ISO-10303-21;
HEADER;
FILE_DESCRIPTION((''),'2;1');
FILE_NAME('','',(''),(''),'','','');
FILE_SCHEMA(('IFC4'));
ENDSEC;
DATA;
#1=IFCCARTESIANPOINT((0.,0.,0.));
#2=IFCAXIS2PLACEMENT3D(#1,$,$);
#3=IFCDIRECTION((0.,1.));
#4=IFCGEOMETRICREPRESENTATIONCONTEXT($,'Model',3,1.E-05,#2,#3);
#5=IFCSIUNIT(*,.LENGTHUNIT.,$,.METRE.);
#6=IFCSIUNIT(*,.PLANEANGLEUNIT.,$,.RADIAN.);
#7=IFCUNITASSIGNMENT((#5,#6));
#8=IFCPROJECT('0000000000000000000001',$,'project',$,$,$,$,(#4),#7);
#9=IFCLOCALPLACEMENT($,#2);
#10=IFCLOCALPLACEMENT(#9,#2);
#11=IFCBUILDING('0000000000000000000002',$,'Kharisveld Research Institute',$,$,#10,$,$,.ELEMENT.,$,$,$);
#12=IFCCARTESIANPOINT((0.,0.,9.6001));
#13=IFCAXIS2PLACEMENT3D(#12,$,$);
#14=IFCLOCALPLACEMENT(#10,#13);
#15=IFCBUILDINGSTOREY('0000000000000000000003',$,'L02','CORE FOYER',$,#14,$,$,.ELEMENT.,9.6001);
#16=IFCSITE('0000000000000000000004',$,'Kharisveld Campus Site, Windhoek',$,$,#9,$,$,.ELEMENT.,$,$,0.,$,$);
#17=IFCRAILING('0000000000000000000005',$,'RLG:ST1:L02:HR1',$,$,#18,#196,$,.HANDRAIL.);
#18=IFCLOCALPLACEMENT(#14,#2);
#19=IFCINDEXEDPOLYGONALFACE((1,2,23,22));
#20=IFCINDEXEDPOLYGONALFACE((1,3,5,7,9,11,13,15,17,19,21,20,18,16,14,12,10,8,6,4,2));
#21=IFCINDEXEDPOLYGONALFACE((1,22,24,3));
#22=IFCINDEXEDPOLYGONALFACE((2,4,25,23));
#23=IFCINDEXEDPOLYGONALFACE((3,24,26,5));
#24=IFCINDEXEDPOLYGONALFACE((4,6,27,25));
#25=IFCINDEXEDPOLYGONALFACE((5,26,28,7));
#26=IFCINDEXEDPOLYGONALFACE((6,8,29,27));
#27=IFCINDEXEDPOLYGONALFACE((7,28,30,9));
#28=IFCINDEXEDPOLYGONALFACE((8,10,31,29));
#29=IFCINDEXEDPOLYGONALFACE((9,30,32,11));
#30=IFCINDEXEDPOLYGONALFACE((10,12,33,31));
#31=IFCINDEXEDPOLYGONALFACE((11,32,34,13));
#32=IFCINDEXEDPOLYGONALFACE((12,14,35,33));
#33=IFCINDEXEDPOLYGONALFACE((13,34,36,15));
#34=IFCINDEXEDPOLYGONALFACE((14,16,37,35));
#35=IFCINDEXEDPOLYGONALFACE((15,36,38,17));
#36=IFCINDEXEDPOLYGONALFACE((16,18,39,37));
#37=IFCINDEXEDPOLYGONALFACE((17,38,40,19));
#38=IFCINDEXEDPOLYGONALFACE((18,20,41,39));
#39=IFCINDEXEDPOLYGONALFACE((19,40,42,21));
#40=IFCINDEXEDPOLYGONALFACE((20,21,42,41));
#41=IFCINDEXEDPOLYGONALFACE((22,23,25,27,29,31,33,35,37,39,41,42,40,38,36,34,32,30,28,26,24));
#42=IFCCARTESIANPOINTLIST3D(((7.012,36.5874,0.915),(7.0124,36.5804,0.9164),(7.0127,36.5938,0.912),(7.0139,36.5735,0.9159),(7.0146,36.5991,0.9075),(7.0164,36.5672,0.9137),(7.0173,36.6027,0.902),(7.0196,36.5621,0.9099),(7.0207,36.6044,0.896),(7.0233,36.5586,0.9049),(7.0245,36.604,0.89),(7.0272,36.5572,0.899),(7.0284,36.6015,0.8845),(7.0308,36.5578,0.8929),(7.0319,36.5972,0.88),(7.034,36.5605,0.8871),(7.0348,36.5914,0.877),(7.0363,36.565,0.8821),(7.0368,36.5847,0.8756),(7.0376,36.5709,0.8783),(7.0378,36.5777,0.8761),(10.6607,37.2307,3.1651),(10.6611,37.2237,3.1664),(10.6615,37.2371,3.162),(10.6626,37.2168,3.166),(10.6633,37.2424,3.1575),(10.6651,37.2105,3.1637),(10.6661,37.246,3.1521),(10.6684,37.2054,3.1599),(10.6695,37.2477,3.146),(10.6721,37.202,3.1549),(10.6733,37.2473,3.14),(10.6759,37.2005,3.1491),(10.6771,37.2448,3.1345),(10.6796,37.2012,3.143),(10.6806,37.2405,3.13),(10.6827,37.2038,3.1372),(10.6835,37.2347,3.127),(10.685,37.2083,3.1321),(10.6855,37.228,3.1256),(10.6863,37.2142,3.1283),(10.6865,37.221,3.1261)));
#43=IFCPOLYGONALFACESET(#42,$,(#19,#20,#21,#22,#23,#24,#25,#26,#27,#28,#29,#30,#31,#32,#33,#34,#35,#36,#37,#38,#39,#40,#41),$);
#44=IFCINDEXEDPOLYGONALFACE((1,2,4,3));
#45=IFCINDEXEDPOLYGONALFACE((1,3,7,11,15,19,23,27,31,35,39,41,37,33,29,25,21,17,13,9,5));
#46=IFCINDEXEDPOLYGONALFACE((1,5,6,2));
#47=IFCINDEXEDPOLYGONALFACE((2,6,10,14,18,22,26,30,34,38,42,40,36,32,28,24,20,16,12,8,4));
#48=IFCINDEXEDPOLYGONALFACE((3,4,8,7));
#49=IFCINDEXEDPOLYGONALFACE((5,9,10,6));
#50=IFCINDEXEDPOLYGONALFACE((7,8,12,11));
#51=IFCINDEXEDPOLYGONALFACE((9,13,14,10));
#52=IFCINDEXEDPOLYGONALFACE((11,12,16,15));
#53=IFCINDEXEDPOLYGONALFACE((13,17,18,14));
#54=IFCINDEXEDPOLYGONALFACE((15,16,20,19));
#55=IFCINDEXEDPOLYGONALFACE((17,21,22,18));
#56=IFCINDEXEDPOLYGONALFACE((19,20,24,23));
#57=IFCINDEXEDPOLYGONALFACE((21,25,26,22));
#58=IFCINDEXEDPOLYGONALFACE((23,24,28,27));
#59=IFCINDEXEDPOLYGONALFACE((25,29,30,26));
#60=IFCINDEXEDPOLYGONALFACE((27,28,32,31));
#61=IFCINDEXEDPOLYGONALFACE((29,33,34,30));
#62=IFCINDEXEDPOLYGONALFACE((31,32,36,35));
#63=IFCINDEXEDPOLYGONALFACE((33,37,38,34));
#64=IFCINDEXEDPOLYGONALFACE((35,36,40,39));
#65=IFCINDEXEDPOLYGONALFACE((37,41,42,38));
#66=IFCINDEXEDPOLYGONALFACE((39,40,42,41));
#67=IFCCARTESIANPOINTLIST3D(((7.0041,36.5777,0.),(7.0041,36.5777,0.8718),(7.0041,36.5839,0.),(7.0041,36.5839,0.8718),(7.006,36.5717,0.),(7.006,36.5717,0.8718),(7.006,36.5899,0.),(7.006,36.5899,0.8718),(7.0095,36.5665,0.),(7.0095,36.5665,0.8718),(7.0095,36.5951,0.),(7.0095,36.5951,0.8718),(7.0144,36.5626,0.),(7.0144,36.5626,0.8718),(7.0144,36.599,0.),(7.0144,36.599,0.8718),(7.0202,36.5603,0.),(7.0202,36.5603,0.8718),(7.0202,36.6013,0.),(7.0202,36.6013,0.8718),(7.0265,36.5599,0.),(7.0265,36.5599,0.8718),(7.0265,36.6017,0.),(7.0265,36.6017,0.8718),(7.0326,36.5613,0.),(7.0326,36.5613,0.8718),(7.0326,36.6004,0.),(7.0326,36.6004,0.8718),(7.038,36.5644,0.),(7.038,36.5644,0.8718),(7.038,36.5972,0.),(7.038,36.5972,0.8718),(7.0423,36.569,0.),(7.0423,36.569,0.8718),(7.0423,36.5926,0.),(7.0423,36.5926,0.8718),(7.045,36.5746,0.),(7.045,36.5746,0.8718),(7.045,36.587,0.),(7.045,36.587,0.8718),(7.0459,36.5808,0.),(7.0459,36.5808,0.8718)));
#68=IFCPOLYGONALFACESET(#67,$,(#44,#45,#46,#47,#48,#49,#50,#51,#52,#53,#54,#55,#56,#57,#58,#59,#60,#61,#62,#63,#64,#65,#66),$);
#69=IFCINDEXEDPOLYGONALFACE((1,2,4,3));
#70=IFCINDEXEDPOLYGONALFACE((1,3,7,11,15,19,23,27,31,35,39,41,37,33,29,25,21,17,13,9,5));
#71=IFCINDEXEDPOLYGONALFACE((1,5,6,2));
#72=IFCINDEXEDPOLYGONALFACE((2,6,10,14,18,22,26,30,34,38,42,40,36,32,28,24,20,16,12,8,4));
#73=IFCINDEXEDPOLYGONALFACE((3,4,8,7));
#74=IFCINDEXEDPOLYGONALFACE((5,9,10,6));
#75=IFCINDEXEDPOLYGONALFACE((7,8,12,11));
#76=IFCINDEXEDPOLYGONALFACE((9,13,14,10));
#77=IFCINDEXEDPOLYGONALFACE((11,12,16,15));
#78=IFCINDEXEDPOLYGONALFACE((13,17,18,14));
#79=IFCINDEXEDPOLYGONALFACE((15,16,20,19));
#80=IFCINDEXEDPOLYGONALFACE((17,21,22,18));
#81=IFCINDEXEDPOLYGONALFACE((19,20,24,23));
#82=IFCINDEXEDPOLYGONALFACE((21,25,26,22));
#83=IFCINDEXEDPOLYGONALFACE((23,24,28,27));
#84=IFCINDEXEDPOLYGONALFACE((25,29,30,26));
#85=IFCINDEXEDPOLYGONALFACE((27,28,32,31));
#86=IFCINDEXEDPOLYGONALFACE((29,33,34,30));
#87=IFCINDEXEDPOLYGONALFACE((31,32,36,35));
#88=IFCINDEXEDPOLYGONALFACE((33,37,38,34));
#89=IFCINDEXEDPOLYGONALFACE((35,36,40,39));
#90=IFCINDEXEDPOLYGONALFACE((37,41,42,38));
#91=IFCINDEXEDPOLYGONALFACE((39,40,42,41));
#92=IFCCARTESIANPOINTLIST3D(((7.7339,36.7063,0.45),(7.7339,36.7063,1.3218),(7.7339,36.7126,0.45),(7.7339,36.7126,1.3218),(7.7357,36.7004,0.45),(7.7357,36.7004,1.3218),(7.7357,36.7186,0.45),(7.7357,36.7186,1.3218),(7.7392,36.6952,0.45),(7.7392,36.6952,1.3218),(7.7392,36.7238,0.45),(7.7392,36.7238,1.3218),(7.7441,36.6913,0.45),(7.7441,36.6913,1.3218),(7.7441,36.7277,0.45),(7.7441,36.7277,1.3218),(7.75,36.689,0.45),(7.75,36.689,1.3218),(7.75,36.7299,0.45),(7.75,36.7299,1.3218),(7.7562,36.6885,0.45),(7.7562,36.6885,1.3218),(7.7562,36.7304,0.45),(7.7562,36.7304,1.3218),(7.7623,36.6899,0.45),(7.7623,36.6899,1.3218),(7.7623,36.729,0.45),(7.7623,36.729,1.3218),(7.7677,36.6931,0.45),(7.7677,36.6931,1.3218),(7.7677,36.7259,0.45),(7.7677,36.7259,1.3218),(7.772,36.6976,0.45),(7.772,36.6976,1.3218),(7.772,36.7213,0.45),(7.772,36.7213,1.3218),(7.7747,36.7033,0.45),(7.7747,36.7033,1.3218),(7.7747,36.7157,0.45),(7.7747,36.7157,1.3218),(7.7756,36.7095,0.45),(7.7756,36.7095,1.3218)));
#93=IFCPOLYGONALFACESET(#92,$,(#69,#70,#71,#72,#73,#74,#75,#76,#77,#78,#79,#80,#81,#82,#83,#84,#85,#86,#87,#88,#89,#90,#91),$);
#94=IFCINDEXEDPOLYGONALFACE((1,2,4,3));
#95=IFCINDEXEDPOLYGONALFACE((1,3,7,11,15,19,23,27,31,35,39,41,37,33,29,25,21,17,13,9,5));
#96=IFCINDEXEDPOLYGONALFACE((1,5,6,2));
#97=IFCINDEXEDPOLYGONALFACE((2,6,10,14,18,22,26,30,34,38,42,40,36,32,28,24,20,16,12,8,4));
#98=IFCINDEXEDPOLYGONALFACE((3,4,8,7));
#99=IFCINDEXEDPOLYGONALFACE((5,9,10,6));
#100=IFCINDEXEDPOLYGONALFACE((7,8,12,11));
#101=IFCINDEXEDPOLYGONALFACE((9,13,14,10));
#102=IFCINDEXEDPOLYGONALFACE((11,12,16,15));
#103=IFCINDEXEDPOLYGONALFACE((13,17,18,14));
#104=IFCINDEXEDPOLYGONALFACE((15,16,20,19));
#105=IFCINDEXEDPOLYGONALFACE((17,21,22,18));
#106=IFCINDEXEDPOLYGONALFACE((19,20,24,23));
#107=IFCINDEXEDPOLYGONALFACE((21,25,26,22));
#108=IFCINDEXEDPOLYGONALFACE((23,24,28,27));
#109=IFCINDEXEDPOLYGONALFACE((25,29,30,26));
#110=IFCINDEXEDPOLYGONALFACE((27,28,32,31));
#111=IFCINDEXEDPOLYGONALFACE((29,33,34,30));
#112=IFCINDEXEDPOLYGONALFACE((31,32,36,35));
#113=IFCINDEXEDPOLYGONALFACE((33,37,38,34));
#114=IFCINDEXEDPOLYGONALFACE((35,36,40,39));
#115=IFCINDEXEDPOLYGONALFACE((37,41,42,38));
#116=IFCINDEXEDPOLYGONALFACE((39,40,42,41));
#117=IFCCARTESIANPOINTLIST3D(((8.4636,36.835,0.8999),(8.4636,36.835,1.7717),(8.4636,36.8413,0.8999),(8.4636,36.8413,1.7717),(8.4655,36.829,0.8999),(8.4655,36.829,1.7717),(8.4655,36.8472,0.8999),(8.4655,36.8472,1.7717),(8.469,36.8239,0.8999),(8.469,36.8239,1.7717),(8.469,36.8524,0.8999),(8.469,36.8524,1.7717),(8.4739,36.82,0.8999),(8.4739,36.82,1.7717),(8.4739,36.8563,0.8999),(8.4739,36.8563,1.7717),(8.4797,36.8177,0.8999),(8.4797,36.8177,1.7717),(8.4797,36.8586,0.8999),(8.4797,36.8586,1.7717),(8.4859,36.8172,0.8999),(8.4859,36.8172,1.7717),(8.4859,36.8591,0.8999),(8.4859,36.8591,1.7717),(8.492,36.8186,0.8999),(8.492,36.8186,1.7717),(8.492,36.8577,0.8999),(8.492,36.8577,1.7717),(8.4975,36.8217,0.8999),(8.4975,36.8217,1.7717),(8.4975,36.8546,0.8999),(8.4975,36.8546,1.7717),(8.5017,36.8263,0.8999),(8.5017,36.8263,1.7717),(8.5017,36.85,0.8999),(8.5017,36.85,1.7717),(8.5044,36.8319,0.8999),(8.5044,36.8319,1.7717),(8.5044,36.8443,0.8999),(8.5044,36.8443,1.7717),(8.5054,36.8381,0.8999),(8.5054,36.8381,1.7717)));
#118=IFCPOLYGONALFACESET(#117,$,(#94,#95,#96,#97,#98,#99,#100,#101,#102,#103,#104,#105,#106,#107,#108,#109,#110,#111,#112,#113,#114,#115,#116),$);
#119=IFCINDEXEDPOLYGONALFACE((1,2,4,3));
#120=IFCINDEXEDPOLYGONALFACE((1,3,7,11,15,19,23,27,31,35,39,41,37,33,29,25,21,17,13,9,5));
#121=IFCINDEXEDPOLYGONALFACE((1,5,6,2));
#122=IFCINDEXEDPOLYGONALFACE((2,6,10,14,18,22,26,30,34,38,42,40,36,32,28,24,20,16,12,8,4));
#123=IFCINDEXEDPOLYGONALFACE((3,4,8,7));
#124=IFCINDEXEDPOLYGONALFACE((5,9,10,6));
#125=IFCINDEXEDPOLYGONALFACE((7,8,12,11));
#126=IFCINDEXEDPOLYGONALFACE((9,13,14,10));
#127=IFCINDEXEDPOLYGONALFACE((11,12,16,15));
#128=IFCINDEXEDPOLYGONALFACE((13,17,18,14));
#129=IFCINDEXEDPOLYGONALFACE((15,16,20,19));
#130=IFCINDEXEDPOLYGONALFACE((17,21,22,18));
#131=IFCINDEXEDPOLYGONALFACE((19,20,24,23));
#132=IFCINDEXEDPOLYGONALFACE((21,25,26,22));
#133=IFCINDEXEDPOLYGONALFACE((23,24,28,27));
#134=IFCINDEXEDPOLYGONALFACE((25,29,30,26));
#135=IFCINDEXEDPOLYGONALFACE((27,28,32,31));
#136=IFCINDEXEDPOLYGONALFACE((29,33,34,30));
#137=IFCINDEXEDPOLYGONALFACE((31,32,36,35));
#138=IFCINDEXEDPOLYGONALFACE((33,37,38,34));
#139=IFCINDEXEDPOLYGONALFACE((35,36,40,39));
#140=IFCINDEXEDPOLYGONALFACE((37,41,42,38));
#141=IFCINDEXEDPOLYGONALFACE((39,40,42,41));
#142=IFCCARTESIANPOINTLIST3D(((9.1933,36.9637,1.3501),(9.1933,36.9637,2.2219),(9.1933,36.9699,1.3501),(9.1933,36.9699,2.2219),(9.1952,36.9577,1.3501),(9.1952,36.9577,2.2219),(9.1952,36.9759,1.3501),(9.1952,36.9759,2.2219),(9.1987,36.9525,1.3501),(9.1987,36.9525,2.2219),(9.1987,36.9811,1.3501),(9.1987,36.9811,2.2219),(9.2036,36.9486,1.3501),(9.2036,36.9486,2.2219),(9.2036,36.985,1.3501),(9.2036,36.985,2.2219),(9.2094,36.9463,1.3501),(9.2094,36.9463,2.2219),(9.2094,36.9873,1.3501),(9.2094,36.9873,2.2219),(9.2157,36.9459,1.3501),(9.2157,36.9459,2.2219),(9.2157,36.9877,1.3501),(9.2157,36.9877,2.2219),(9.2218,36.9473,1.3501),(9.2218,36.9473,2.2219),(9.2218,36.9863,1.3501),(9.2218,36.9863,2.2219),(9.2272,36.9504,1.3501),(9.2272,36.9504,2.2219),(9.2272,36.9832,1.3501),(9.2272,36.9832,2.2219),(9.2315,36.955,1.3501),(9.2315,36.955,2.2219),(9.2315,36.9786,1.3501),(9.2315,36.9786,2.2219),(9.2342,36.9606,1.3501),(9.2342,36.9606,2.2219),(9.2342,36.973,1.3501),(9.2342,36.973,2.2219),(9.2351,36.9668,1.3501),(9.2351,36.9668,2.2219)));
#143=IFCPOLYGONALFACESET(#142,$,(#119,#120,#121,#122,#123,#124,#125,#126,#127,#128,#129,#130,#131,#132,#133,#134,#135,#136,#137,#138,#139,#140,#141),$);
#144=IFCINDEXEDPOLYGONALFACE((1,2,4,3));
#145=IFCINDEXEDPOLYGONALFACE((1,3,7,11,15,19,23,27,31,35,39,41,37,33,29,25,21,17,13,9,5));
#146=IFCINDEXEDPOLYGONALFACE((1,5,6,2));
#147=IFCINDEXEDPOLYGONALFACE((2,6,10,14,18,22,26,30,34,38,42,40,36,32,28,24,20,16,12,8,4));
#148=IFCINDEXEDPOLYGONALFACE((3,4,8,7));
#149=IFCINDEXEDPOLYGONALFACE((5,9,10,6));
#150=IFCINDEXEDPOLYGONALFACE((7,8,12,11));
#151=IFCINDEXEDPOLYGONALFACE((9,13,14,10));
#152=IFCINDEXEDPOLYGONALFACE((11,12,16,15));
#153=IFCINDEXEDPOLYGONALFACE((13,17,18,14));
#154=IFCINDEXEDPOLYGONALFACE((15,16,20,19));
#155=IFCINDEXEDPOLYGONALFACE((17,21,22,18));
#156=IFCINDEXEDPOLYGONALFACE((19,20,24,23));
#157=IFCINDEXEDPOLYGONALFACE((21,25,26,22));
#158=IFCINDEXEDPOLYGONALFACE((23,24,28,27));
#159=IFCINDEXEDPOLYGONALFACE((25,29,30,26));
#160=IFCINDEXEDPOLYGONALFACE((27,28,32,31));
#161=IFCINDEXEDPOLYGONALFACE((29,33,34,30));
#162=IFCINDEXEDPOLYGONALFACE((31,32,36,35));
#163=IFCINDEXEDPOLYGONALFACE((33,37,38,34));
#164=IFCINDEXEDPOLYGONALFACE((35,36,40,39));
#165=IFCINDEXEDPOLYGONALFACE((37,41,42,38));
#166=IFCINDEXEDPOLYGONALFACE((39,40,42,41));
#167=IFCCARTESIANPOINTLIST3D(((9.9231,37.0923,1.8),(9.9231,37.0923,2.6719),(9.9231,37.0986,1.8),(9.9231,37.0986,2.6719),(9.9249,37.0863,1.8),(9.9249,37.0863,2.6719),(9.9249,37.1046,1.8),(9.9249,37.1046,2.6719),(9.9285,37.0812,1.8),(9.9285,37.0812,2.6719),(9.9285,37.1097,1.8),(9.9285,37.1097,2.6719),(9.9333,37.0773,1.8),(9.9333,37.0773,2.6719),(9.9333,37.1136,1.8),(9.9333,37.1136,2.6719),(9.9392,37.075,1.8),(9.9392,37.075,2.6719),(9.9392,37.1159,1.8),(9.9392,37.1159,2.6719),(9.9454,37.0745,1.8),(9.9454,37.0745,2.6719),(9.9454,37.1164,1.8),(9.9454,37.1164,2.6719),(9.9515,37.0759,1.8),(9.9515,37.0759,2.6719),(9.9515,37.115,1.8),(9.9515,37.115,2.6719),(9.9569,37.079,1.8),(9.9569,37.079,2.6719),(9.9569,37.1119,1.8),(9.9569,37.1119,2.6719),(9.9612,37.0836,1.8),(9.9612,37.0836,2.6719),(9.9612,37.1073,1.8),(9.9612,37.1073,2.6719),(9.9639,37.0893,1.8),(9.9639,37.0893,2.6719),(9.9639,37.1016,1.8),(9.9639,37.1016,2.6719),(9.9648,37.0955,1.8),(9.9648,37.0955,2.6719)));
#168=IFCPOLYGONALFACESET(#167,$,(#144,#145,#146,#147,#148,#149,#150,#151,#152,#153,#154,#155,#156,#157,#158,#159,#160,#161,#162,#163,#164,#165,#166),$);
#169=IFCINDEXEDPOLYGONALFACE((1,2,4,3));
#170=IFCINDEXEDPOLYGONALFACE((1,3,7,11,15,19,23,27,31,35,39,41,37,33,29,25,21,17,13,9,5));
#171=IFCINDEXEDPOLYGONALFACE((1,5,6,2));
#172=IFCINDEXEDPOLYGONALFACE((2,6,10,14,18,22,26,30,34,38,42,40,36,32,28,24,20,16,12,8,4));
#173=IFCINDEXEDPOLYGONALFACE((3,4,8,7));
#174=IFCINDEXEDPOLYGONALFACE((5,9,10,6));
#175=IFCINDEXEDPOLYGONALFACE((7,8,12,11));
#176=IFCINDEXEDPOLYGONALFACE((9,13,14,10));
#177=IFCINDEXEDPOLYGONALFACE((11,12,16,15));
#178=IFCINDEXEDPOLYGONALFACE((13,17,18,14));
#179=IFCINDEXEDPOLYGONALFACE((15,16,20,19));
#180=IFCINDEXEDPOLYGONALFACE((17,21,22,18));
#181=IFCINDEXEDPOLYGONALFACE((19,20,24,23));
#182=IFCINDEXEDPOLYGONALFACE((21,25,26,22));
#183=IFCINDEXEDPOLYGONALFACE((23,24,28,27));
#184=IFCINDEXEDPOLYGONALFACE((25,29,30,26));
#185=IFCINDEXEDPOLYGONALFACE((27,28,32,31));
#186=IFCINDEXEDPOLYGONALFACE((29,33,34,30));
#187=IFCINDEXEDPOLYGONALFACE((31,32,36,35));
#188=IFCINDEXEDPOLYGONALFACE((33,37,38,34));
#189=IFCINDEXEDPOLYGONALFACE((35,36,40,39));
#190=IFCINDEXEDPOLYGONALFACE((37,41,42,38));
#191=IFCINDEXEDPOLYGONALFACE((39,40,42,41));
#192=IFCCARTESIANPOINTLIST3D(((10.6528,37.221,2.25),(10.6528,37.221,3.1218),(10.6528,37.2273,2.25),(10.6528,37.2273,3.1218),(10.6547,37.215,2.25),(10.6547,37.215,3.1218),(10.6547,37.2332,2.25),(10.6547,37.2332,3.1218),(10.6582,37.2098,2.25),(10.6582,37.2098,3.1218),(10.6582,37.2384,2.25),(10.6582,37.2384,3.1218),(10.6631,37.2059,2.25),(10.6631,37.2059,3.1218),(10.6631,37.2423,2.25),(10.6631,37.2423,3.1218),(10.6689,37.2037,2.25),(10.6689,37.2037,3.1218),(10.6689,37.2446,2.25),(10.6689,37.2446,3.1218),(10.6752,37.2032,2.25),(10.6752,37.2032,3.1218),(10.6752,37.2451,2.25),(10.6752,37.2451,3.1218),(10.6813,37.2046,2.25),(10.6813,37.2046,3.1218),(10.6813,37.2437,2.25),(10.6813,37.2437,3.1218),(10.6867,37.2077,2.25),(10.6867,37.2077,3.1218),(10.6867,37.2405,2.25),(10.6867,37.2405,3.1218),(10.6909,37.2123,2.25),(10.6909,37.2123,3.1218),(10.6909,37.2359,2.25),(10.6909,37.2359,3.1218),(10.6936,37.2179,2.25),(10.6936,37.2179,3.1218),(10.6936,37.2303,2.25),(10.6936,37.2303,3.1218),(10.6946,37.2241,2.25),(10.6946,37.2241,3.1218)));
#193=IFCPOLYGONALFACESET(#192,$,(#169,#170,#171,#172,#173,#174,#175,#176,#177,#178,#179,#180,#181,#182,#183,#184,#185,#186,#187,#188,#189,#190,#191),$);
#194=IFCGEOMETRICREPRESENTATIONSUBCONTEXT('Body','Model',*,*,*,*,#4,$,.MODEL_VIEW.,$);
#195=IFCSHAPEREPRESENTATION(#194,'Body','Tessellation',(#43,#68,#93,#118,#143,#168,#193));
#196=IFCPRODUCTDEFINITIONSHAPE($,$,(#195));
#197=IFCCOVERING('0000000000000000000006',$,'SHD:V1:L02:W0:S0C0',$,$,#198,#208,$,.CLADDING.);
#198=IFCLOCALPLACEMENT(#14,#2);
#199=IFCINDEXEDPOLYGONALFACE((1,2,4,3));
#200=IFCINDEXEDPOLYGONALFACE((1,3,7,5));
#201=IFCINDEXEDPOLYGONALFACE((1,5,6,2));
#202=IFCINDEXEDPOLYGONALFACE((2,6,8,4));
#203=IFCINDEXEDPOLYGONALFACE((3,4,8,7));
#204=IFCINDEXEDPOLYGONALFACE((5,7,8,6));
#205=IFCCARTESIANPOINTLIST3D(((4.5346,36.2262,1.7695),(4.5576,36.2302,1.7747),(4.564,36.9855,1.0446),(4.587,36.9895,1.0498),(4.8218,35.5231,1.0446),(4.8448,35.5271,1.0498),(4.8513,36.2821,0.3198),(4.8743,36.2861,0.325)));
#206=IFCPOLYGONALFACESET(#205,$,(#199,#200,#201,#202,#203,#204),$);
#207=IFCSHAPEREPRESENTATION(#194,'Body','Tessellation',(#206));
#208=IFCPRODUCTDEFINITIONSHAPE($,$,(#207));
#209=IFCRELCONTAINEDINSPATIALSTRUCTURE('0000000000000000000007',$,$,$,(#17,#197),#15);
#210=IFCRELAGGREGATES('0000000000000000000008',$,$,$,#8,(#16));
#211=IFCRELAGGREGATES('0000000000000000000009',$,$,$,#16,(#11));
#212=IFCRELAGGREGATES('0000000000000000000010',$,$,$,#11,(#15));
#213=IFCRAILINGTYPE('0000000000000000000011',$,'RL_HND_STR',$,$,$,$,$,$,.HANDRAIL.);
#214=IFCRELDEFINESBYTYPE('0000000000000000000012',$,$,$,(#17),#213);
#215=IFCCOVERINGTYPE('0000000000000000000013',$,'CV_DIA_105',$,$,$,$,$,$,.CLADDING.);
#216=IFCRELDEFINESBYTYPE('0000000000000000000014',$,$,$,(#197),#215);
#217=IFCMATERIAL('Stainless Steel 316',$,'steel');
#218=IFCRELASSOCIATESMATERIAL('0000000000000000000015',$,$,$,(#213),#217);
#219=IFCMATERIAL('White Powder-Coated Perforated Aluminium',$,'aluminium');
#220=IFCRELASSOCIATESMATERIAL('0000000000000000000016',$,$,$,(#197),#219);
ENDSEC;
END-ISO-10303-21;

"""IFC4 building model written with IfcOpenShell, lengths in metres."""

from ifc_helpers import new_model, si_unit, direction, frame, origin, origin_2d, place, context, subcontext, project, spatial, polyline, circle, outline, extrude, material, type_object, element, save


model = new_model("IFC4")

# Units and contexts
model_context = context("Model", 3, precision=1e-05, world=origin(), true_north=direction((0.0, 1.0)))
body_context = subcontext(model_context, "Body", "Model", "MODEL_VIEW")
ifc_project = project(units=[si_unit("LENGTHUNIT", "METRE"), si_unit("PLANEANGLEUNIT", "RADIAN")], contexts=[model_context])

# Site, building, storey
site_placement = place(None, origin())
site = spatial("IfcSite", under=ifc_project, at=site_placement, Name="Kharisveld Campus Site, Windhoek", CompositionType="ELEMENT", RefElevation=0.0)
building_placement = place(site_placement, origin())
building = spatial("IfcBuilding", under=site, at=building_placement, Name="Kharisveld Research Institute", CompositionType="ELEMENT")
storey_placement = place(building_placement, frame((0.0, 0.0, 9.6001)))
storey = spatial("IfcBuildingStorey", under=building, at=storey_placement, Name="L02", Description="CORE FOYER", CompositionType="ELEMENT", Elevation=9.6001)

# Railing
ifc_material_1 = material(Name="Stainless Steel 316", Category="steel")
railing_type = type_object("IfcRailingType", Name="RL_HND_STR", PredefinedType="HANDRAIL", material=ifc_material_1)
railing_placement = place(storey_placement, frame((7.0249, 36.5808, 0.0)))
element("IfcRailing", 1, at=railing_placement, inside=storey, type_object=railing_type, Name="RLG:ST1:L02:HR1", PredefinedType="HANDRAIL", context=body_context, shape_type="SweptSolid", body=[
    extrude(circle(Radius=0.0239, at=origin_2d()), frame((0.0, 0.0, 0.896), z_axis=(0.841747, 0.148411, 0.519073), x_axis=(-0.173635, 0.98481, 0.0)), (0.0, 0.0, 1.0), 4.3347),
    extrude(circle(Radius=0.021, at=origin_2d()), origin(), (0.0, 0.0, 1.0), 0.8718),
    extrude(circle(Radius=0.021, at=origin_2d()), frame((0.7297, 0.1287, 0.45)), (0.0, 0.0, 1.0), 0.8718),
    extrude(circle(Radius=0.021, at=origin_2d()), frame((1.4595, 0.2573, 0.8999)), (0.0, 0.0, 1.0), 0.8718),
    extrude(circle(Radius=0.021, at=origin_2d()), frame((2.1892, 0.386, 1.3501)), (0.0, 0.0, 1.0), 0.8718),
    extrude(circle(Radius=0.021, at=origin_2d()), frame((2.9189, 0.5146, 1.8)), (0.0, 0.0, 1.0), 0.8718),
    extrude(circle(Radius=0.021, at=origin_2d()), frame((3.6487, 0.6433, 2.25)), (0.0, 0.0, 1.0), 0.8718),
])

# Covering
ifc_material_2 = material(Name="White Powder-Coated Perforated Aluminium", Category="aluminium")
covering_type = type_object("IfcCoveringType", Name="CV_DIA_105", PredefinedType="CLADDING")
for number, where, z_axis, x_axis, name in (
    (2, (4.8743, 36.2861, 0.325), (0.961447, 0.169497, 0.21654), (-0.273555, 0.669826, 0.69029), "SHD:V1:L02:W0:S0C0"),
):
    element("IfcCovering", number, at=place(storey_placement, frame(where, z_axis=z_axis, x_axis=x_axis)), inside=storey, type_object=covering_type, material=ifc_material_2, Name=name, PredefinedType="CLADDING", context=body_context, shape_type="SweptSolid", body=[
        extrude(outline(polyline([(0.0, 0.0), (1.0501, 0.0), (1.0499, 1.0501), (0.0, 1.05), (0.0, 0.0)])), origin(), (0.0, 0.0, -1.0), 0.0239),
    ])

save(model, "model.ifc")
